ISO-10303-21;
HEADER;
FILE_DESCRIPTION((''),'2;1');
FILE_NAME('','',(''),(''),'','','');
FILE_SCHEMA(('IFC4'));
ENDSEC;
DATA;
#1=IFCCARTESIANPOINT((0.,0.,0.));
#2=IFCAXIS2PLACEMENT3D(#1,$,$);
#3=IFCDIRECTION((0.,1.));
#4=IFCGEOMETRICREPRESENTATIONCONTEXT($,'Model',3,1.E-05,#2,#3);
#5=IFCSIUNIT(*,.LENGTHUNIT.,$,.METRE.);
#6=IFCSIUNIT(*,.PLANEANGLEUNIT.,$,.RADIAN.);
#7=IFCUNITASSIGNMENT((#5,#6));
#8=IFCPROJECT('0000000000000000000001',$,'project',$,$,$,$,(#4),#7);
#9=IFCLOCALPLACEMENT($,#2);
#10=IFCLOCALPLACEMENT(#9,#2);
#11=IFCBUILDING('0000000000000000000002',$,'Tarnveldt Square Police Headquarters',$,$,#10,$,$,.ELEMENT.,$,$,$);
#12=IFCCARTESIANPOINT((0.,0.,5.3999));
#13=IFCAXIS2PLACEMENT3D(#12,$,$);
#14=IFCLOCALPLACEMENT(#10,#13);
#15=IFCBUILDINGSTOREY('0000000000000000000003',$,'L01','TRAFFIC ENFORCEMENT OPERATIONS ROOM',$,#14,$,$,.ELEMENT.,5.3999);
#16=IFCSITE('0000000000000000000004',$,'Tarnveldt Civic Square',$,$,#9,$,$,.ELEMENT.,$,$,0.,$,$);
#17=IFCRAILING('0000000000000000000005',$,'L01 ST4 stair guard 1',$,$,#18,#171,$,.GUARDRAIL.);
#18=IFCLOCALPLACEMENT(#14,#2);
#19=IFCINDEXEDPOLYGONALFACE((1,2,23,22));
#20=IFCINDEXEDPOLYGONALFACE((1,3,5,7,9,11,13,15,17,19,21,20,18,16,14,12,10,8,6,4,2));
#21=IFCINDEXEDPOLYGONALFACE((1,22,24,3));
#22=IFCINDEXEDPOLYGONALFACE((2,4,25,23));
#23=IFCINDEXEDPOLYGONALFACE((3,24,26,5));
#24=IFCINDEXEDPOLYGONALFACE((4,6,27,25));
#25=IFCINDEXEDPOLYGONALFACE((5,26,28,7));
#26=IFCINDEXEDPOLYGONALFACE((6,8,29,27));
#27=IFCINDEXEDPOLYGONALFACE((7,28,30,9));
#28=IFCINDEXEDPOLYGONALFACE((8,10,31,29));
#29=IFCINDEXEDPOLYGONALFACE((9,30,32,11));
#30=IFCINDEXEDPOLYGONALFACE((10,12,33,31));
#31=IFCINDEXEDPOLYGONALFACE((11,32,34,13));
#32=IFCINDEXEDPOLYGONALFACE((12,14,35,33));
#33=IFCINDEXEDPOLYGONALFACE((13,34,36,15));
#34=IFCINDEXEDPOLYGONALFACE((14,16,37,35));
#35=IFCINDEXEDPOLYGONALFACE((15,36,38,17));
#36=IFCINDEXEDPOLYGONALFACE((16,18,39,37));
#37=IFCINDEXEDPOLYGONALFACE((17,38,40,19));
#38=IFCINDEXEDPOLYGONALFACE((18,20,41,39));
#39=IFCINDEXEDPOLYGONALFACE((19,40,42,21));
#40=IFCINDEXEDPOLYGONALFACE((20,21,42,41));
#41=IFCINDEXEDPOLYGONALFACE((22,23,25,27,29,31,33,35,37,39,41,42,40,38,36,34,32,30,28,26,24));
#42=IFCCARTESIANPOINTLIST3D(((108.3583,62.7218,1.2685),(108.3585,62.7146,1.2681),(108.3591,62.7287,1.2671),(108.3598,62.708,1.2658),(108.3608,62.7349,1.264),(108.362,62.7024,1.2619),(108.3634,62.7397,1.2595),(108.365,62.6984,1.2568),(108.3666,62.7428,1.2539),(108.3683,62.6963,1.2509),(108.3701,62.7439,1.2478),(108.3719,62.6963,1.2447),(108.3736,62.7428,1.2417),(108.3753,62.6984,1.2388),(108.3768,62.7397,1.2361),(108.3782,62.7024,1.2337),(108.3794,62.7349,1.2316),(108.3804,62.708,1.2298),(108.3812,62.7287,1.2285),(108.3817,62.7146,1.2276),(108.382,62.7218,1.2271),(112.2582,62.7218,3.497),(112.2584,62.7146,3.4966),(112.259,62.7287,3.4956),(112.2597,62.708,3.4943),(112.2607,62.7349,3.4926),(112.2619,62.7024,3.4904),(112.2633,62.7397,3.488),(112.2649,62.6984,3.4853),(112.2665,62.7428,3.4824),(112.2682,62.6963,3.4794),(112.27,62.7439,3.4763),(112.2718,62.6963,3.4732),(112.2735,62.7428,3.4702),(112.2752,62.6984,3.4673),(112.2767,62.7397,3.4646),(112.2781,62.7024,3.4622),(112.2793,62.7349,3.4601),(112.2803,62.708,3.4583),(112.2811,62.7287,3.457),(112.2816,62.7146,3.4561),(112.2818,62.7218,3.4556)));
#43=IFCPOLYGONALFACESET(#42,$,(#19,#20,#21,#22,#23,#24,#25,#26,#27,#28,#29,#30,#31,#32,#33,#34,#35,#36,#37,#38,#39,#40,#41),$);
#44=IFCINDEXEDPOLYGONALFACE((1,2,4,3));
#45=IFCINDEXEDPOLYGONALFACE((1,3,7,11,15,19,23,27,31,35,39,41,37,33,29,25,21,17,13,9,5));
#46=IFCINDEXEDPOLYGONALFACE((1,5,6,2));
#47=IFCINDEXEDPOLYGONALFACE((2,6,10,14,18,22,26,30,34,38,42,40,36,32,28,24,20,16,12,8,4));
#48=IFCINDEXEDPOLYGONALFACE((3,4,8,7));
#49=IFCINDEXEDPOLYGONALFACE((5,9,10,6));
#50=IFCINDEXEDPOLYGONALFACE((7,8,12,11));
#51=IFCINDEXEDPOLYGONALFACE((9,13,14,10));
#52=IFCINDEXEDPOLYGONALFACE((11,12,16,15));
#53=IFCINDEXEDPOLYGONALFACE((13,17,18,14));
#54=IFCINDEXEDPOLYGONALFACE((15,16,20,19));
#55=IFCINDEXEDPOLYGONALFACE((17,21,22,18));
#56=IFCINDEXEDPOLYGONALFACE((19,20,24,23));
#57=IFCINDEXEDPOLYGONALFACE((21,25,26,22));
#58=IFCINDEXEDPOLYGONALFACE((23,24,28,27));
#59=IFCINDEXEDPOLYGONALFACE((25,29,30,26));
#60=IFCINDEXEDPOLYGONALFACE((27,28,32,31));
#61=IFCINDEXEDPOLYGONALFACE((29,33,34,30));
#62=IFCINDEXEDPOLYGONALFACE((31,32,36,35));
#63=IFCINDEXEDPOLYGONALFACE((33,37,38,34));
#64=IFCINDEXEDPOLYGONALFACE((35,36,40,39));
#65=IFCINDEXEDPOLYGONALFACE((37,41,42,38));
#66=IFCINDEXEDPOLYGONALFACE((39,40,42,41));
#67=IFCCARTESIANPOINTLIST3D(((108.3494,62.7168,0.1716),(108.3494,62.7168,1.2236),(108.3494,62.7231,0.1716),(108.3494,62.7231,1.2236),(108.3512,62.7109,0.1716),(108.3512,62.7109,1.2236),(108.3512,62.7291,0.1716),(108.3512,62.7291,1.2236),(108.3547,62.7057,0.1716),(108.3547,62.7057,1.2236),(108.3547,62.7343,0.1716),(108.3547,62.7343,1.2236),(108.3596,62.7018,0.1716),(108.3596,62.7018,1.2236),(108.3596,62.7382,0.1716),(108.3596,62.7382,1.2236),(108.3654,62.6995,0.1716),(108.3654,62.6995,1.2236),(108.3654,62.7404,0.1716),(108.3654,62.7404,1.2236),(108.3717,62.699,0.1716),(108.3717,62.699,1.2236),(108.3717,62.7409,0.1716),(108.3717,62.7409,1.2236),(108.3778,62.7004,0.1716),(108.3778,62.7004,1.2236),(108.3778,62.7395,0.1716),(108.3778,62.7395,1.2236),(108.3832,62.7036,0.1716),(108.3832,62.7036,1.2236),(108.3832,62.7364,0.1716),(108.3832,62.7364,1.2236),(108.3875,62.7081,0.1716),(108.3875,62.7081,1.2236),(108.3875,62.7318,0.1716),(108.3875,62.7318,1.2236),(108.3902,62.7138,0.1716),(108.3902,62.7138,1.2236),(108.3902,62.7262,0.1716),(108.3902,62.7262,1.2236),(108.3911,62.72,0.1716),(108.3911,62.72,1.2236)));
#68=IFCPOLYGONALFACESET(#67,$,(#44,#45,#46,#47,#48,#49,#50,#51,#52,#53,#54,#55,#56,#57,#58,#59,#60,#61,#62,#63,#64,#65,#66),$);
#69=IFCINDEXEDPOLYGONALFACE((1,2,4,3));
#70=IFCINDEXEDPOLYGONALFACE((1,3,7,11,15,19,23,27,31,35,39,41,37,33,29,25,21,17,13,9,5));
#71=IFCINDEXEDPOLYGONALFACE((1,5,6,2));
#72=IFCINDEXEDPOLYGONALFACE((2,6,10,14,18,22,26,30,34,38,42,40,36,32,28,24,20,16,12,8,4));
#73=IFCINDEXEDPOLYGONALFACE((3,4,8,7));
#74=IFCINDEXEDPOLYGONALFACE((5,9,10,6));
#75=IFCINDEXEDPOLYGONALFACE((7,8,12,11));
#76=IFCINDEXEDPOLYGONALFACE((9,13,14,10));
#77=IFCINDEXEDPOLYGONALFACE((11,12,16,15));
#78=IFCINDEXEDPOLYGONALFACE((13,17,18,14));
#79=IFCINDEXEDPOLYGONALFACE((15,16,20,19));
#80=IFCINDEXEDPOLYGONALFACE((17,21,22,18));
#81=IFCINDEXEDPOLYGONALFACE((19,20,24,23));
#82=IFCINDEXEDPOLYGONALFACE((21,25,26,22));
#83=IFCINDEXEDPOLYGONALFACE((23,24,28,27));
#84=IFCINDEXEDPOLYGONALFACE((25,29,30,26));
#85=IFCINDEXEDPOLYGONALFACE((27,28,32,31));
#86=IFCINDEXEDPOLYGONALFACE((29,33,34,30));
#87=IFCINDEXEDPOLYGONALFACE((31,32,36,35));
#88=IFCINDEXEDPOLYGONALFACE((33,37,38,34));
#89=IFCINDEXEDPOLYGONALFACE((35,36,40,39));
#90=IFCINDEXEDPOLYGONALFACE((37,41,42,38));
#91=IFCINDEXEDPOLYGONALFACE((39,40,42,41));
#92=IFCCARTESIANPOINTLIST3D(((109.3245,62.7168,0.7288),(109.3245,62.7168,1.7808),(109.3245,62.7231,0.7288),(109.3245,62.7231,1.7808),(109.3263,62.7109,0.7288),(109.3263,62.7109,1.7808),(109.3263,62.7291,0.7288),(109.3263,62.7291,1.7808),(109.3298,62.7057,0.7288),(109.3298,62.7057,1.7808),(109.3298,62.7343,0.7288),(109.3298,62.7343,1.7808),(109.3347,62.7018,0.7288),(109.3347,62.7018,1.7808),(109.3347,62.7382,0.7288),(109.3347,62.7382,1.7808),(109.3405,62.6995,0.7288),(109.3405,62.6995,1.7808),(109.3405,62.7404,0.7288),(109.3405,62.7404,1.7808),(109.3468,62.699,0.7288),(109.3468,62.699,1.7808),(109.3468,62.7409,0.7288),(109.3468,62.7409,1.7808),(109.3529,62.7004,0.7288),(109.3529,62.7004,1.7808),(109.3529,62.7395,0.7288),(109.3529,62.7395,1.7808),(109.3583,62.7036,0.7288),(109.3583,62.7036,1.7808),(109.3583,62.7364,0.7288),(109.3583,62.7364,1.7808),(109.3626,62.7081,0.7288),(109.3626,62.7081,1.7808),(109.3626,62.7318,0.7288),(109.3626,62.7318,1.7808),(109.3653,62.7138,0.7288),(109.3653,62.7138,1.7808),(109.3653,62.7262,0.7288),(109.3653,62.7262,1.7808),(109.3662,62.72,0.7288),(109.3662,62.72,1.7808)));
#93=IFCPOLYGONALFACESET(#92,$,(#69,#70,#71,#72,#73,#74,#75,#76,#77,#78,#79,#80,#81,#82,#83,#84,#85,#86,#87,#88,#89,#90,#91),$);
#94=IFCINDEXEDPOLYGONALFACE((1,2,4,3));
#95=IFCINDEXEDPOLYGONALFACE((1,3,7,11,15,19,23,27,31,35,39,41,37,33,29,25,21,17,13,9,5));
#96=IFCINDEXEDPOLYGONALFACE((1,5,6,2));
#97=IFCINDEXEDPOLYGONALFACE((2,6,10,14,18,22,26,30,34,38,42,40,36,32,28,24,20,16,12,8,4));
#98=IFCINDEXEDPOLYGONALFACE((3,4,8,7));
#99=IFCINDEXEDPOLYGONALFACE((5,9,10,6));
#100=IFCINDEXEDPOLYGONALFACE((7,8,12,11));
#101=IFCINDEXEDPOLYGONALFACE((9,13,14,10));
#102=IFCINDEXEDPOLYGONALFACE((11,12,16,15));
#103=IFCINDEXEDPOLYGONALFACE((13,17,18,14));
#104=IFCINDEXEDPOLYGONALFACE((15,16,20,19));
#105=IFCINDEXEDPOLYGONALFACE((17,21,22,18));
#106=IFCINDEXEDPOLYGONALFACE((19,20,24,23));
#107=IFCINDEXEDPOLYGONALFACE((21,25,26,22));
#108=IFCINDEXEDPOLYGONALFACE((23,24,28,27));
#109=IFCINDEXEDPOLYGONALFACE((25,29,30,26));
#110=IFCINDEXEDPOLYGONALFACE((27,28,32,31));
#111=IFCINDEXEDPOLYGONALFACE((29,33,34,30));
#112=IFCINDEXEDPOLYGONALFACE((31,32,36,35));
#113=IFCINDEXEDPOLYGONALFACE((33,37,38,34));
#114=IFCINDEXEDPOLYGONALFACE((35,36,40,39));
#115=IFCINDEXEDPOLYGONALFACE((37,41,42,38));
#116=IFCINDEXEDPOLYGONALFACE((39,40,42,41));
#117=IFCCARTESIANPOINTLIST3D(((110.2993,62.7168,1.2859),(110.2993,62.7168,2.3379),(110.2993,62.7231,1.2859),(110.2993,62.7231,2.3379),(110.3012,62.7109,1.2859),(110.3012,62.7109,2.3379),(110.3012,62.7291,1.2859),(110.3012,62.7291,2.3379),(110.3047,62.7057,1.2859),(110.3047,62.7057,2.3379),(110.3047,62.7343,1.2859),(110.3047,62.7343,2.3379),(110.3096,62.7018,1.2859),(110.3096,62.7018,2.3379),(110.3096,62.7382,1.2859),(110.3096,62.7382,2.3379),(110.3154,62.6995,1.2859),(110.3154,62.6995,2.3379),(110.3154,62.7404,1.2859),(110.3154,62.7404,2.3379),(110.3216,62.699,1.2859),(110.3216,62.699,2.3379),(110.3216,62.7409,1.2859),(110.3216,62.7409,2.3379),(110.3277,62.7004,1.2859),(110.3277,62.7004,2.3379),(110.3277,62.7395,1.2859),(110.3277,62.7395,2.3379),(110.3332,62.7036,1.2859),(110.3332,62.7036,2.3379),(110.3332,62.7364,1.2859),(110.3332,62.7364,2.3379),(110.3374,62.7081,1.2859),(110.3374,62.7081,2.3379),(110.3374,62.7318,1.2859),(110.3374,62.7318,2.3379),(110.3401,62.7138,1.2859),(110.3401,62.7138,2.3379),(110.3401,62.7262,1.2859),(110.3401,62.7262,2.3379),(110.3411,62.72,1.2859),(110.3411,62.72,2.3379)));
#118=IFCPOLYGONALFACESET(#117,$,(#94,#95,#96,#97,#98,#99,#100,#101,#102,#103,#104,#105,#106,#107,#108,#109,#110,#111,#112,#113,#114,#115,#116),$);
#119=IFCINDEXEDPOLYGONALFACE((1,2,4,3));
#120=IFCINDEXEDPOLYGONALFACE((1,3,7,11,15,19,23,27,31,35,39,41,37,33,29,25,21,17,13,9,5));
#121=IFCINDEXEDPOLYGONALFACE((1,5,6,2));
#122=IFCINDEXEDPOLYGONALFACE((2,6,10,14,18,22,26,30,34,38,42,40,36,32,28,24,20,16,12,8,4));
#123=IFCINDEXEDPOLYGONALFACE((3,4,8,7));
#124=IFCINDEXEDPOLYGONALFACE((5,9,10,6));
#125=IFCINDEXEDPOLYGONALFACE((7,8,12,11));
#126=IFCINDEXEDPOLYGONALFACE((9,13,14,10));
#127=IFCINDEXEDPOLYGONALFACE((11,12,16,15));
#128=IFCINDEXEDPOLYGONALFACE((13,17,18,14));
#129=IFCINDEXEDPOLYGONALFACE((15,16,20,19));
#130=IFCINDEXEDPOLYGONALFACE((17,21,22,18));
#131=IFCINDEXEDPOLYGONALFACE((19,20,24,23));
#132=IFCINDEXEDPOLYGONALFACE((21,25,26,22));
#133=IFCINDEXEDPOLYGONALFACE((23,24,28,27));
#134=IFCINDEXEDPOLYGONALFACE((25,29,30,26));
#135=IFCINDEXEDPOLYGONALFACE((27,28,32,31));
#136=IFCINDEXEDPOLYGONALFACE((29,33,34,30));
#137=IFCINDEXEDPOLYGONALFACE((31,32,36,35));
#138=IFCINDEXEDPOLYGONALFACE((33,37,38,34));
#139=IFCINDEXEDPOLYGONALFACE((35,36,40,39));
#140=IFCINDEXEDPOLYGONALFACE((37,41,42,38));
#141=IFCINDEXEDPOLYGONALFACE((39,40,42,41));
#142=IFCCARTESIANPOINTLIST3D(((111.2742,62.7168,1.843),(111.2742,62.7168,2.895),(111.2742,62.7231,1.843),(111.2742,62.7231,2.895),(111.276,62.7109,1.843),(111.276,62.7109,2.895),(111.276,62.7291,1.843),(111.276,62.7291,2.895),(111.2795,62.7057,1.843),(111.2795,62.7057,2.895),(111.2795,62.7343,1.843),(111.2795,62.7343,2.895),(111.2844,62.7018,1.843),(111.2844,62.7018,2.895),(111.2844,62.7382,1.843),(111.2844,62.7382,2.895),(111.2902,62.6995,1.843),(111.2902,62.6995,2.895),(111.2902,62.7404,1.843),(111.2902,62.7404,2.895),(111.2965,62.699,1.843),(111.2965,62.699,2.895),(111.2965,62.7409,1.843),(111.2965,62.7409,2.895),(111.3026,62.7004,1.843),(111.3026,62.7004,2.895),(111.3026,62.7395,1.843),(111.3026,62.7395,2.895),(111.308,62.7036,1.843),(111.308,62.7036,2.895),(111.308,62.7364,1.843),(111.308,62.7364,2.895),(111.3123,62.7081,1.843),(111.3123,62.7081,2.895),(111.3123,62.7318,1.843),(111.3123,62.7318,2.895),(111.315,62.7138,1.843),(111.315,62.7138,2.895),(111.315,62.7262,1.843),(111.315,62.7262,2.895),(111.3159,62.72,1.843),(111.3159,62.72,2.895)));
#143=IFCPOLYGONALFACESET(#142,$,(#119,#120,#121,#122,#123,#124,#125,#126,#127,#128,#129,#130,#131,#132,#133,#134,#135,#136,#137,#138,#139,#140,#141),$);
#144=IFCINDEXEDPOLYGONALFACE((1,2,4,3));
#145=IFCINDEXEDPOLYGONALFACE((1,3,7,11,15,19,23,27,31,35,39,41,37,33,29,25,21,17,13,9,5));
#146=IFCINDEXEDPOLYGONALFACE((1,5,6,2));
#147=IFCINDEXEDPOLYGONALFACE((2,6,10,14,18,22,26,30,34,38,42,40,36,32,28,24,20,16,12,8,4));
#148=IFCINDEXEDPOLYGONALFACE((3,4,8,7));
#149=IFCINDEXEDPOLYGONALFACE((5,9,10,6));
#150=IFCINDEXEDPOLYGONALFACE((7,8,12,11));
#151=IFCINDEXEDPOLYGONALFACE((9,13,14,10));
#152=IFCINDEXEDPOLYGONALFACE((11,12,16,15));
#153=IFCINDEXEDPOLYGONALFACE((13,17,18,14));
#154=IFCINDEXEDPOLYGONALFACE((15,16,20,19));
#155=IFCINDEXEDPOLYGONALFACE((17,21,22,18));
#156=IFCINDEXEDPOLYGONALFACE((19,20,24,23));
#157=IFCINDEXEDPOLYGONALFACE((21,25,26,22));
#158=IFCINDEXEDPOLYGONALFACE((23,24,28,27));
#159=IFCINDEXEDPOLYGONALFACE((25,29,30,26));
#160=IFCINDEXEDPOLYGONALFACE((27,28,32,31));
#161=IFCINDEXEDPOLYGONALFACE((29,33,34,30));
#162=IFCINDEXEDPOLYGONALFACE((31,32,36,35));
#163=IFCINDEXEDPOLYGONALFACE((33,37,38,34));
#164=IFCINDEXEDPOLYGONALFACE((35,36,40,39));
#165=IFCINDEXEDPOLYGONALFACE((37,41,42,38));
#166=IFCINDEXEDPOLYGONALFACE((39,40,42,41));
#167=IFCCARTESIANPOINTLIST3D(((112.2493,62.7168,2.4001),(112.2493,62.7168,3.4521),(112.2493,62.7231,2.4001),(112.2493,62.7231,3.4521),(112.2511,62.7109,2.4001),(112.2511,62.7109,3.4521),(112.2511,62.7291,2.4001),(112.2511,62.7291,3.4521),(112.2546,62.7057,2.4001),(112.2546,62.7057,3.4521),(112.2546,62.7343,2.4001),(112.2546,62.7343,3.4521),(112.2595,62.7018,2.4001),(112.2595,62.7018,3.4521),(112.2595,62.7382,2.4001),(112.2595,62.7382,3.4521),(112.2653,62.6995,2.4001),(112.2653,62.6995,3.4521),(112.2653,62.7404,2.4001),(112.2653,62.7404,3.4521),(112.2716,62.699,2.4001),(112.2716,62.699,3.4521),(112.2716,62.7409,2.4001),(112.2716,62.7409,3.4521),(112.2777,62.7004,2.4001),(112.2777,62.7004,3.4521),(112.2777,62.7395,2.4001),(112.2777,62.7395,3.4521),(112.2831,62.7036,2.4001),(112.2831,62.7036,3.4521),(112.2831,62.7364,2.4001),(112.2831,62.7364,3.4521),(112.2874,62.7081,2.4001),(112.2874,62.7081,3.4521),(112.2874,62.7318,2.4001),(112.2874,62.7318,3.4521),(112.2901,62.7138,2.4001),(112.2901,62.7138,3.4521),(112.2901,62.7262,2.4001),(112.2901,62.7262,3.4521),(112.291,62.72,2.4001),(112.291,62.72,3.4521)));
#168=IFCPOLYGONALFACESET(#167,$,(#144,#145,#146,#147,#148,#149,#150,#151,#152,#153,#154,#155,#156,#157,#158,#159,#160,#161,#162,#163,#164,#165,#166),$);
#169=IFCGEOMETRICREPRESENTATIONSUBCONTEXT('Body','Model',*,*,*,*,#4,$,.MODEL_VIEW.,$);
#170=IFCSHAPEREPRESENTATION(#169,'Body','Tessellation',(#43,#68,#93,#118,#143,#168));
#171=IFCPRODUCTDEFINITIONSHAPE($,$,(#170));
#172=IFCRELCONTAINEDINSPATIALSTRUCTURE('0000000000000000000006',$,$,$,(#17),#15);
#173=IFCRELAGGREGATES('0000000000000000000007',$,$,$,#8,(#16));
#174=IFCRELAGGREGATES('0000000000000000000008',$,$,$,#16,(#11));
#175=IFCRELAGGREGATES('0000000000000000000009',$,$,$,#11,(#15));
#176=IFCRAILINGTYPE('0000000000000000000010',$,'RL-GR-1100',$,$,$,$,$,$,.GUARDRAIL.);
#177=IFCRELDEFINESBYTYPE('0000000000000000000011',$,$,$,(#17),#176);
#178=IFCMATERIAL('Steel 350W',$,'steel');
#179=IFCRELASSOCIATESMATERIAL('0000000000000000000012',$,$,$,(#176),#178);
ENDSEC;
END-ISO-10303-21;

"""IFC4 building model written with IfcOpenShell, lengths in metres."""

from ifc_helpers import new_model, si_unit, direction, frame, origin, origin_2d, place, context, subcontext, project, spatial, circle, extrude, material, type_object, element, save


model = new_model("IFC4")

# Units and contexts
model_context = context("Model", 3, precision=1e-05, world=origin(), true_north=direction((0.0, 1.0)))
body_context = subcontext(model_context, "Body", "Model", "MODEL_VIEW")
ifc_project = project(units=[si_unit("LENGTHUNIT", "METRE"), si_unit("PLANEANGLEUNIT", "RADIAN")], contexts=[model_context])

# Site, building, storey
site_placement = place(None, origin())
site = spatial("IfcSite", under=ifc_project, at=site_placement, Name="Tarnveldt Civic Square", CompositionType="ELEMENT", RefElevation=0.0)
building_placement = place(site_placement, origin())
building = spatial("IfcBuilding", under=site, at=building_placement, Name="Tarnveldt Square Police Headquarters", CompositionType="ELEMENT")
storey_placement = place(building_placement, frame((0.0, 0.0, 5.3999)))
storey = spatial("IfcBuildingStorey", under=building, at=storey_placement, Name="L01", Description="TRAFFIC ENFORCEMENT OPERATIONS ROOM", CompositionType="ELEMENT", Elevation=5.3999)

# Shared definitions
ifc_material_1 = material(Name="Steel 350W", Category="steel")

# Railing
railing_type_1 = type_object("IfcRailingType", Name="RL-GR-1100", PredefinedType="GUARDRAIL", material=ifc_material_1)
railing_1_placement = place(storey_placement, frame((108.3701, 62.72, 0.1716)))
element("IfcRailing", 1, at=railing_1_placement, inside=storey, type_object=railing_type_1, Name="L01 ST4 stair guard 1", PredefinedType="GUARDRAIL", context=body_context, shape_type="SweptSolid", body=[
    extrude(circle(Radius=0.0239, at=origin_2d()), frame((0.0, 0.0, 1.0762), z_axis=(0.868243, 0.0, 0.496139), x_axis=(0.0, 1.0, 0.0)), (0.0, 0.0, 1.0), 4.4917),
    extrude(circle(Radius=0.021, at=origin_2d()), origin(), (0.0, 0.0, 1.0), 1.052),
    extrude(circle(Radius=0.021, at=origin_2d()), frame((0.9751, 0.0, 0.5571)), (0.0, 0.0, 1.0), 1.052),
    extrude(circle(Radius=0.021, at=origin_2d()), frame((1.95, 0.0, 1.1143)), (0.0, 0.0, 1.0), 1.052),
    extrude(circle(Radius=0.021, at=origin_2d()), frame((2.9248, 0.0, 1.6714)), (0.0, 0.0, 1.0), 1.052),
    extrude(circle(Radius=0.021, at=origin_2d()), frame((3.8999, 0.0, 2.2285)), (0.0, 0.0, 1.0), 1.052),
])

save(model, "model.ifc")
